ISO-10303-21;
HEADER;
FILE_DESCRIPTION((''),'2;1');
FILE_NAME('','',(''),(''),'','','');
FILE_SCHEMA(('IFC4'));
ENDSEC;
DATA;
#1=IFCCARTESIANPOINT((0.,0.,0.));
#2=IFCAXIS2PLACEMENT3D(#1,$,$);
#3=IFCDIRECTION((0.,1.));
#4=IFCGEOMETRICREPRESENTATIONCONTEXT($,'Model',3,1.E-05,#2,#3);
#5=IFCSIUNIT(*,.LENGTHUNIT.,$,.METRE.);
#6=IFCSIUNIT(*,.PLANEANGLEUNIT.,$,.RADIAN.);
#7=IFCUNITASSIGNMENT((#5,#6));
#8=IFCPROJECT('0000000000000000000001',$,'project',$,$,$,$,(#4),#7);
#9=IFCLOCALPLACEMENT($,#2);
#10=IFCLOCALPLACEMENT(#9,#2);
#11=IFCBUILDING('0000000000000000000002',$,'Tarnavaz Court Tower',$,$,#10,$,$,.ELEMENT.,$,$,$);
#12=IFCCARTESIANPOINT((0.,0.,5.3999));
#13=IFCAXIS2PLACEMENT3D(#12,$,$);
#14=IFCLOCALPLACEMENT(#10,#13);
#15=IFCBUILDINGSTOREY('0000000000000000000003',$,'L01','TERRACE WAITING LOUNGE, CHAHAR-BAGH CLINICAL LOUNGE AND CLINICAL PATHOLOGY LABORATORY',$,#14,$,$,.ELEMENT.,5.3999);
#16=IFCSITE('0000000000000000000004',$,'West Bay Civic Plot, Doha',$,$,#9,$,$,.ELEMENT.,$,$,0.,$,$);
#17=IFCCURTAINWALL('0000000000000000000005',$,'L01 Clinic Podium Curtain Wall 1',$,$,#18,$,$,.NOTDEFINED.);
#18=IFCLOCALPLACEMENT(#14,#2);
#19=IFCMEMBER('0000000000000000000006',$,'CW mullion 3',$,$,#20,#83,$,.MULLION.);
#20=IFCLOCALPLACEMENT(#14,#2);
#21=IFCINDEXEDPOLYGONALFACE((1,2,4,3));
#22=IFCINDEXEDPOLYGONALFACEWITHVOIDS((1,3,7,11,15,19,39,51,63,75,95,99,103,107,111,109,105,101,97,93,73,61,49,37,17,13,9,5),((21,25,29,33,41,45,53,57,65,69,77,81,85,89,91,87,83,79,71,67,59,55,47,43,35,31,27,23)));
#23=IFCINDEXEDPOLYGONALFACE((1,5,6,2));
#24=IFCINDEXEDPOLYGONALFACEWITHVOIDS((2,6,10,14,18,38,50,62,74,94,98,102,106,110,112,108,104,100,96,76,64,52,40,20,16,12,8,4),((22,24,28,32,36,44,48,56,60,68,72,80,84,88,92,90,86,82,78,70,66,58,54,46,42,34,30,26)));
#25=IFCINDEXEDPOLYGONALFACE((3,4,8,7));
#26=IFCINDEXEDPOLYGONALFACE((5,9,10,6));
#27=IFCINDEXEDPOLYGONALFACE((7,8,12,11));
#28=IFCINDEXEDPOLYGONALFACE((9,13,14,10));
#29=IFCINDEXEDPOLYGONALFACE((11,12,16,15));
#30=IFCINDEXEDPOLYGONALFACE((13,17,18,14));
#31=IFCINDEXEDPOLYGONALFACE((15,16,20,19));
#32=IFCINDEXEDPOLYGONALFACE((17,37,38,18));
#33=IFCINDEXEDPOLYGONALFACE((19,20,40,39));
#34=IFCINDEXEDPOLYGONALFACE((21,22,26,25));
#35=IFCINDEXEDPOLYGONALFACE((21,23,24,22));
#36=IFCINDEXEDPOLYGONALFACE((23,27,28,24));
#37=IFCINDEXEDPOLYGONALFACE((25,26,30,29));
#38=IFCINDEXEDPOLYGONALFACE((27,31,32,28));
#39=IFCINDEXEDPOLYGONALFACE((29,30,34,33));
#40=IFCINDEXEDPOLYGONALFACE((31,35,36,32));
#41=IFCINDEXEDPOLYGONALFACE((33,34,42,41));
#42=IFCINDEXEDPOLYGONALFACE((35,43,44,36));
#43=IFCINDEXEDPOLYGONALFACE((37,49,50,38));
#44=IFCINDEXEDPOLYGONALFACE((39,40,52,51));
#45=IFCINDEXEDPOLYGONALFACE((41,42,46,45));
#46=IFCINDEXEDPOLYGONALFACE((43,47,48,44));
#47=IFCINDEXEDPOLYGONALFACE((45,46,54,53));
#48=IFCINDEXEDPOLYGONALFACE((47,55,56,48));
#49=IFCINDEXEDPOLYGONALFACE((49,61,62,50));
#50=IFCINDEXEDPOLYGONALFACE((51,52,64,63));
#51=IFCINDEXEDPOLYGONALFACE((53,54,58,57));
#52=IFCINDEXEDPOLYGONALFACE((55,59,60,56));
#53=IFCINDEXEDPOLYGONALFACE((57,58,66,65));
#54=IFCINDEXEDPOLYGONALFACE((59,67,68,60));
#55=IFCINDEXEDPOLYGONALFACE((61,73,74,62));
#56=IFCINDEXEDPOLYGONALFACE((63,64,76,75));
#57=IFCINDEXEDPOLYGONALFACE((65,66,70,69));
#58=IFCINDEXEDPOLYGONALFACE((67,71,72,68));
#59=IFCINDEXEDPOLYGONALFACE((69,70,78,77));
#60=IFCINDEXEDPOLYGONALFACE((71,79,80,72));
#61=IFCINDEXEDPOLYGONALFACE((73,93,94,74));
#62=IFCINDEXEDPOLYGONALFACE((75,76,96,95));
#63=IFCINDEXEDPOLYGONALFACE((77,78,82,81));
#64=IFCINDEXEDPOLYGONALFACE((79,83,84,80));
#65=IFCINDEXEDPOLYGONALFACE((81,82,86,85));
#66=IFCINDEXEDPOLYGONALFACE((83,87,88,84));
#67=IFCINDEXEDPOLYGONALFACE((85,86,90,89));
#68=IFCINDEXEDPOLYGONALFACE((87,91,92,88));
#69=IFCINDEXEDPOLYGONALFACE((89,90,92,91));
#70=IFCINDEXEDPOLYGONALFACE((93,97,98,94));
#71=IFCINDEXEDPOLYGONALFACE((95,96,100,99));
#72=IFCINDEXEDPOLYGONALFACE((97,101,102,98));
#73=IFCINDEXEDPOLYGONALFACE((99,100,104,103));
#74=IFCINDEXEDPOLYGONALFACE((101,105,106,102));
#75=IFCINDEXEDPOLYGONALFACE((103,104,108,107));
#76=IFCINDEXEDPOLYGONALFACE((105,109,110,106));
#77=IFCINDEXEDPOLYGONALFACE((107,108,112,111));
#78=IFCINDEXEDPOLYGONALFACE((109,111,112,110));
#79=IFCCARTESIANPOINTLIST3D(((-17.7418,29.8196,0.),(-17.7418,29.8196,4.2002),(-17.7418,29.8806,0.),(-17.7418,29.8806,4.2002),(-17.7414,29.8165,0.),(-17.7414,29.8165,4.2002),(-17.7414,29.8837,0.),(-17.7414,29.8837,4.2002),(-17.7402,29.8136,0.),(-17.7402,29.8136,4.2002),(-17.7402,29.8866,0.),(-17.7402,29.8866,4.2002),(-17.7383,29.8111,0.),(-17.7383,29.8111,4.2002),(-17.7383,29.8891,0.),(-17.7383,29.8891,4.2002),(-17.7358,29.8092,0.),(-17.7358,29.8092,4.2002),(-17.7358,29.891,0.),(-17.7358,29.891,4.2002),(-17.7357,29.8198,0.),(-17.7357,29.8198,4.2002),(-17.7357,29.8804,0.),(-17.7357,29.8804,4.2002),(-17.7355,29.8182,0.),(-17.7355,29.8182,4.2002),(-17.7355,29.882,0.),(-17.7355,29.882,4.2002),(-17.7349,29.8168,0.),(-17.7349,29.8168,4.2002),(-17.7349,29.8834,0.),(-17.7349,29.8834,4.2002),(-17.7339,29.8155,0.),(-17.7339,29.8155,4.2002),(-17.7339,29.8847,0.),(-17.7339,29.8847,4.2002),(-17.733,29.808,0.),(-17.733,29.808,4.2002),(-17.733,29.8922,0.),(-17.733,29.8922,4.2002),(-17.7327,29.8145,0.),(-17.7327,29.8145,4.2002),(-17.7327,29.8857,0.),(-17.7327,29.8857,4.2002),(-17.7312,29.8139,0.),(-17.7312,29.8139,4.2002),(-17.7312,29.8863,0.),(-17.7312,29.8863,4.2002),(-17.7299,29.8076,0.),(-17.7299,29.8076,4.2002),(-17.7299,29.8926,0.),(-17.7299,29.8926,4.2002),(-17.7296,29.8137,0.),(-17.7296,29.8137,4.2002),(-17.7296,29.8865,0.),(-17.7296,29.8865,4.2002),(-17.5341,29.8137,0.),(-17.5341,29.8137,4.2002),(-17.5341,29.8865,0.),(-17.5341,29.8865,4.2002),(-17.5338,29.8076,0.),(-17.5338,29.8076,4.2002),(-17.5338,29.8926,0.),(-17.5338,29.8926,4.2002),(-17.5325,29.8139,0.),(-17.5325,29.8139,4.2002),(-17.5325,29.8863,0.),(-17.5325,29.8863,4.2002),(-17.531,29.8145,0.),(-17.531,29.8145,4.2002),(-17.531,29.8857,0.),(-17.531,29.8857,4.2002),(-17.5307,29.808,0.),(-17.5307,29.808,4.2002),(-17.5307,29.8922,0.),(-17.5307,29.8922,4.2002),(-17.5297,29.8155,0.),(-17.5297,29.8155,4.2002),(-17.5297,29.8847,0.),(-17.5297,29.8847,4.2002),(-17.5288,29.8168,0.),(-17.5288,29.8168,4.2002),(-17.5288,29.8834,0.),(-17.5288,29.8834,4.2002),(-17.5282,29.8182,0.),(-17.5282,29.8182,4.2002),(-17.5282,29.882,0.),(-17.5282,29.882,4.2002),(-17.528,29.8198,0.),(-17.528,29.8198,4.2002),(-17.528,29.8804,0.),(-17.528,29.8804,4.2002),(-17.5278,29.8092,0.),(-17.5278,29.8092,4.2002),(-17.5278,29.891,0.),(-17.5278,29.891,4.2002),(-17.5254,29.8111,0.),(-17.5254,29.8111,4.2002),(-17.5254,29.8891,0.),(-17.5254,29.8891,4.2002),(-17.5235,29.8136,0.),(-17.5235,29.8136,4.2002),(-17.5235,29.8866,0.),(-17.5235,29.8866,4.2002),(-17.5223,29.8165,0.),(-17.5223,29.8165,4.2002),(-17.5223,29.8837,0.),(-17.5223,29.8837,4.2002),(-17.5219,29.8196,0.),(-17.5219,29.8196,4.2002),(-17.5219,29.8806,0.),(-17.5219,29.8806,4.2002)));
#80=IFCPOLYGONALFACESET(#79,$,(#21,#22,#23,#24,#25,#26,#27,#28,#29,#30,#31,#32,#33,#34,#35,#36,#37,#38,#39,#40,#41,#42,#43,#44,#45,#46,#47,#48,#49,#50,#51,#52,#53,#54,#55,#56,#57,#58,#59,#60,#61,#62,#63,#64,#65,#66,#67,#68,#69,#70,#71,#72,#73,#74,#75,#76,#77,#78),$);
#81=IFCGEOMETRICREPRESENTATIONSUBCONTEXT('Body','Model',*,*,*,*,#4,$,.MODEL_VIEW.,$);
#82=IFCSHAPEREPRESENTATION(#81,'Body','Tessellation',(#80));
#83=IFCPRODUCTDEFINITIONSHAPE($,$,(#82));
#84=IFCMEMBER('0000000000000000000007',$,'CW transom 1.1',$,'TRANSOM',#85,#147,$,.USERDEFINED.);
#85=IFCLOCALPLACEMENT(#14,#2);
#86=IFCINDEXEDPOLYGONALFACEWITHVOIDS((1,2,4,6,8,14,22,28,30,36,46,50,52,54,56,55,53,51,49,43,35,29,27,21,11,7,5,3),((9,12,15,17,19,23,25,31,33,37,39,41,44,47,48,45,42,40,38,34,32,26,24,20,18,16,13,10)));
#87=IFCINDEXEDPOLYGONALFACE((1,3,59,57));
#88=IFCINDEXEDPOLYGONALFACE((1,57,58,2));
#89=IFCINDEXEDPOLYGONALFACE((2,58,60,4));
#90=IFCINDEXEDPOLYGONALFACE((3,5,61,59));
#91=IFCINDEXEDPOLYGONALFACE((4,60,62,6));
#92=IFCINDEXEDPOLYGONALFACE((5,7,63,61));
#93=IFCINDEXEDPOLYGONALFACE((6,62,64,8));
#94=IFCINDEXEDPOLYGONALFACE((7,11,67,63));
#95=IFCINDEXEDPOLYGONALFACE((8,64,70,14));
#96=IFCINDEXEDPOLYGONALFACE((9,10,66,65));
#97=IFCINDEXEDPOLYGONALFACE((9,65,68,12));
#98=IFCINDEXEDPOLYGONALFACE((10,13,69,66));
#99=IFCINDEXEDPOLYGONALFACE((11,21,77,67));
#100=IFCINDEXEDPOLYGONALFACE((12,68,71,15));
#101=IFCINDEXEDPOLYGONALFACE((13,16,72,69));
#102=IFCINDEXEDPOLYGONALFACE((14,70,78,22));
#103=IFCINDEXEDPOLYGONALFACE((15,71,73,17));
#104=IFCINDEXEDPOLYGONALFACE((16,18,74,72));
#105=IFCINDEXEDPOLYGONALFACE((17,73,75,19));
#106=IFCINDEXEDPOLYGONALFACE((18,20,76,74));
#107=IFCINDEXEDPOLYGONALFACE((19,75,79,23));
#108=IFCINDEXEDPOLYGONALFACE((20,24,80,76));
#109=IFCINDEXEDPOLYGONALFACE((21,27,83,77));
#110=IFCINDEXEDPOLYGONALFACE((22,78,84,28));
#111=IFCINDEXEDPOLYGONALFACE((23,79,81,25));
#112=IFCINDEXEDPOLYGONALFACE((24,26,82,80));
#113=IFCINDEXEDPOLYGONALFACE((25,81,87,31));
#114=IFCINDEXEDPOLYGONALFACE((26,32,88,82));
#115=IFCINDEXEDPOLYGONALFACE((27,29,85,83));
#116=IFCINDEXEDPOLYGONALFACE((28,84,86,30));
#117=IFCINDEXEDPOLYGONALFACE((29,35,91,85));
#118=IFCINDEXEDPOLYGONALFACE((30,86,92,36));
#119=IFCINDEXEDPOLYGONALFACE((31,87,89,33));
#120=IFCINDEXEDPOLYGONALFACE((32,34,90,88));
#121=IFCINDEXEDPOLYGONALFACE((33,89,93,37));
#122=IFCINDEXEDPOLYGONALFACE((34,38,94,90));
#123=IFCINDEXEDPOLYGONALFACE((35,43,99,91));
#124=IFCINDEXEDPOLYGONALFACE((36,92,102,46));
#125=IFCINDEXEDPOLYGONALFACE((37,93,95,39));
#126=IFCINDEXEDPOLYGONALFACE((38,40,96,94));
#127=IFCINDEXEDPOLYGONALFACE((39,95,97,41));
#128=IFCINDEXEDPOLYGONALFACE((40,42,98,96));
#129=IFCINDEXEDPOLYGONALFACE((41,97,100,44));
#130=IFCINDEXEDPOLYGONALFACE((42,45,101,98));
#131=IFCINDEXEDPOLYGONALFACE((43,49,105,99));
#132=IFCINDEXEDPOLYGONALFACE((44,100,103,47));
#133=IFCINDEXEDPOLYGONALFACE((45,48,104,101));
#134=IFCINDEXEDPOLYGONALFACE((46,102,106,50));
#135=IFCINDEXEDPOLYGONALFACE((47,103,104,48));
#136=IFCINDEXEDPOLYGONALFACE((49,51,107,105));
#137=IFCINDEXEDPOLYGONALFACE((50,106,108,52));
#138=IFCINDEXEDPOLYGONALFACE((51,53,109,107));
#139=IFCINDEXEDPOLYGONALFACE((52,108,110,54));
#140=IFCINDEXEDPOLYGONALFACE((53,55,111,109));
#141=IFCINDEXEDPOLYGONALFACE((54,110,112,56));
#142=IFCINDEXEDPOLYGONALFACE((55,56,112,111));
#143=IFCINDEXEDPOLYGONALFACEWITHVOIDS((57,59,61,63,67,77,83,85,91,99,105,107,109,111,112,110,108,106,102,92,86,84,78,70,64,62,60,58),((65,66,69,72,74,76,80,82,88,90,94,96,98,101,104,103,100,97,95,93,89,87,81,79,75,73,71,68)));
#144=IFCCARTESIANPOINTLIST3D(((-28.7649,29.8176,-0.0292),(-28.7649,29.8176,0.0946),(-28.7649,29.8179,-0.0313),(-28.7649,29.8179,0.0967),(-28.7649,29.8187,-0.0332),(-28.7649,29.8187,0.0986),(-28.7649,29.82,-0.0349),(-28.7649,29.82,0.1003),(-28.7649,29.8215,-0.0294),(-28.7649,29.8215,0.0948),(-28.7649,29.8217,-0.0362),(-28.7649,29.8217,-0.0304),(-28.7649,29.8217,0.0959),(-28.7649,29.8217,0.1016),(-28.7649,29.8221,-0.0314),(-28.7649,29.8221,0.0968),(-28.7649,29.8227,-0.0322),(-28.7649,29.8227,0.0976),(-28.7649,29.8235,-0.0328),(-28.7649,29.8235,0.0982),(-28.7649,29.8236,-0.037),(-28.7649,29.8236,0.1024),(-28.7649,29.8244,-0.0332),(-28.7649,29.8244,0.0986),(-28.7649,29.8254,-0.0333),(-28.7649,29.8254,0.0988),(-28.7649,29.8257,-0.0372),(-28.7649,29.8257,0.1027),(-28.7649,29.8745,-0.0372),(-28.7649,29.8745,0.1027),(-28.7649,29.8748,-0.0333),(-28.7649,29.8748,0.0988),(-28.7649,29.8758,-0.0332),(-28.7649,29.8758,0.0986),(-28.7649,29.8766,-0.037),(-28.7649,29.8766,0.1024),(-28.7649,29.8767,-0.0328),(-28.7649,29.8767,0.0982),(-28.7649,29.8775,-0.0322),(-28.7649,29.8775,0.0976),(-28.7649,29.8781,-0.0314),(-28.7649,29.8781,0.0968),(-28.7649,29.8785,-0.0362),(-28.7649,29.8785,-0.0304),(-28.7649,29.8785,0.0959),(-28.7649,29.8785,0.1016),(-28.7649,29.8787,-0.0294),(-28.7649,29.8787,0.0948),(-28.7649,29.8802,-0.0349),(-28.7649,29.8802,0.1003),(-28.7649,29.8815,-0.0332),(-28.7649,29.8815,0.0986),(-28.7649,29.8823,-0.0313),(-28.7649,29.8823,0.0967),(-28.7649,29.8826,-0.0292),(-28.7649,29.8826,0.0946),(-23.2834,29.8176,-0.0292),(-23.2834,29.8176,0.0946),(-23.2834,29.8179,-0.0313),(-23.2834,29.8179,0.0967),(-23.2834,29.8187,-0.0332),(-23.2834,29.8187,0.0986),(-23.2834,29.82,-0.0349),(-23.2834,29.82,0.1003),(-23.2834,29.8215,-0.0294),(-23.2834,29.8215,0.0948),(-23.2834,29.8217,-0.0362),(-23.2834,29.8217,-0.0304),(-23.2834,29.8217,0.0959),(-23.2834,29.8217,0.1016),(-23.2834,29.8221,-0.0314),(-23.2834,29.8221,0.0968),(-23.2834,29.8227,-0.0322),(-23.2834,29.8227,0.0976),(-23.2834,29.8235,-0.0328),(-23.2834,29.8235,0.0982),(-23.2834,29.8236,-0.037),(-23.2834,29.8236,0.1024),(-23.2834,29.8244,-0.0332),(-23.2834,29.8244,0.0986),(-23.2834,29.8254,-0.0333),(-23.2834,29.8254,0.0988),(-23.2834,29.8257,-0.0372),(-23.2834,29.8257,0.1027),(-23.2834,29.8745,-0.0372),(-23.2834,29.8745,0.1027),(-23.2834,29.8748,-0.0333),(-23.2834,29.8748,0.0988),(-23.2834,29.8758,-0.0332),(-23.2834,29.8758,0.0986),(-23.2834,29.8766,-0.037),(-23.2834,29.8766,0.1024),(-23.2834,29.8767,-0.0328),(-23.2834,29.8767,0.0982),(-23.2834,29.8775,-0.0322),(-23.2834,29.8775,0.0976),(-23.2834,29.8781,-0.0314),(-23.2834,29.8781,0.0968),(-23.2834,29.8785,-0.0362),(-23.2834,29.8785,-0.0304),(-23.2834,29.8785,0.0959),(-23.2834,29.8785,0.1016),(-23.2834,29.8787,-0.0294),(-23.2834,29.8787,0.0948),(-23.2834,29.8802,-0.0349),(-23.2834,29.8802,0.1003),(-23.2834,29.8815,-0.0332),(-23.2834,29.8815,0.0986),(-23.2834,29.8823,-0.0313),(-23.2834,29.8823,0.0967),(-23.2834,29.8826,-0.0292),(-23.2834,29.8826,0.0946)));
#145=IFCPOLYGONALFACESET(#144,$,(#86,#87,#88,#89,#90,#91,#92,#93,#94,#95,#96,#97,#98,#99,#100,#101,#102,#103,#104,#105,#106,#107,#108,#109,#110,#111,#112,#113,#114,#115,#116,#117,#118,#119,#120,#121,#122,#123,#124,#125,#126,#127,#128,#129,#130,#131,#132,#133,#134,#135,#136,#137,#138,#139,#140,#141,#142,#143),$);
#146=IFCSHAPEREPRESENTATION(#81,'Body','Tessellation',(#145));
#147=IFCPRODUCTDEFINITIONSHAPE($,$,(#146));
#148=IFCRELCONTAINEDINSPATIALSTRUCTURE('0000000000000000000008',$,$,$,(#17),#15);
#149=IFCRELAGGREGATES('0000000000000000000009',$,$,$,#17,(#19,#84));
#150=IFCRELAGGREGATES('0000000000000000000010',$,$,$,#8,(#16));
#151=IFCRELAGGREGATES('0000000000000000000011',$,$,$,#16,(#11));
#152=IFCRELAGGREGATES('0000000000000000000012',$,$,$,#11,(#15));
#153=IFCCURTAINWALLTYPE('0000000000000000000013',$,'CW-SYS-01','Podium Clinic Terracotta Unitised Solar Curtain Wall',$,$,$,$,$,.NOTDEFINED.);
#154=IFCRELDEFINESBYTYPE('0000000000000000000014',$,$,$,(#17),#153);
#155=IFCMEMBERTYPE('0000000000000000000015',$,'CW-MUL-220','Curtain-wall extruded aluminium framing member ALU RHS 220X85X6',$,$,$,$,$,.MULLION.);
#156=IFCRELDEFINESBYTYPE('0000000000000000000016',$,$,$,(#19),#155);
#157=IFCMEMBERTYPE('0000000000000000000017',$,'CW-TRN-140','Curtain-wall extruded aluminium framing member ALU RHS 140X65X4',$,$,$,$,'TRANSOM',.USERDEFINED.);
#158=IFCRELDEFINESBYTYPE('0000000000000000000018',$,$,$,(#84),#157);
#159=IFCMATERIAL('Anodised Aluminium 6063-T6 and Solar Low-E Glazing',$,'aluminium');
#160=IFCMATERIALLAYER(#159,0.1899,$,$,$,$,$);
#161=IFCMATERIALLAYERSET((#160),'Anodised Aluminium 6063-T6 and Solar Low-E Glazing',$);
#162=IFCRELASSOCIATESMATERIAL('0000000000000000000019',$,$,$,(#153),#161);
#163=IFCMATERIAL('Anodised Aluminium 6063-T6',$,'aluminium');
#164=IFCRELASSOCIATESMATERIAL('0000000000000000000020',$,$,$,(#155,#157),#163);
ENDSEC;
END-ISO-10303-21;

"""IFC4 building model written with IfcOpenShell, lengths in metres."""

from ifc_helpers import new_model, si_unit, direction, frame, origin, origin_2d, place, context, subcontext, project, spatial, hollow_rectangle, extrude, material, layer, layer_set, material_profile, profile_set, type_object, element, aggregate, save


model = new_model("IFC4")

# Units and contexts
model_context = context("Model", 3, precision=1e-05, world=origin(), true_north=direction((0.0, 1.0)))
body_context = subcontext(model_context, "Body", "Model", "MODEL_VIEW")
ifc_project = project(units=[si_unit("LENGTHUNIT", "METRE"), si_unit("PLANEANGLEUNIT", "RADIAN")], contexts=[model_context])

# Site, building, storey
site_placement = place(None, origin())
site = spatial("IfcSite", under=ifc_project, at=site_placement, Name="West Bay Civic Plot, Doha", CompositionType="ELEMENT", RefElevation=0.0)
building_placement = place(site_placement, origin())
building = spatial("IfcBuilding", under=site, at=building_placement, Name="Tarnavaz Court Tower", CompositionType="ELEMENT")
storey_placement = place(building_placement, frame((0.0, 0.0, 5.3999)))
storey = spatial("IfcBuildingStorey", under=building, at=storey_placement, Name="L01", Description="TERRACE WAITING LOUNGE, CHAHAR-BAGH CLINICAL LOUNGE AND CLINICAL PATHOLOGY LABORATORY", CompositionType="ELEMENT", Elevation=5.3999)

# Curtain wall, members
ifc_material_1 = material(Name="Anodised Aluminium 6063-T6 and Solar Low-E Glazing", Category="aluminium")
ifc_layer_1 = layer(ifc_material_1, 0.1899)
ifc_layer_set_1 = layer_set([ifc_layer_1], Name="Anodised Aluminium 6063-T6 and Solar Low-E Glazing")
curtain_wall_type = type_object("IfcCurtainWallType", Name="CW-SYS-01", Description="Podium Clinic Terracotta Unitised Solar Curtain Wall", PredefinedType="NOTDEFINED", material=ifc_layer_set_1)
curtain_wall_placement = place(storey_placement, origin())
curtain_wall = element("IfcCurtainWall", 1, at=curtain_wall_placement, inside=storey, type_object=curtain_wall_type, Name="L01 Clinic Podium Curtain Wall 1", PredefinedType="NOTDEFINED")
ifc_material_2 = material(Name="Anodised Aluminium 6063-T6", Category="aluminium")
ifc_material_profile_1 = material_profile(ifc_material_2, hollow_rectangle(XDim=0.085, YDim=0.22, WallThickness=0.0061, InnerFilletRadius=0.0061, OuterFilletRadius=0.012, at=origin_2d()), Name="ALU RHS 220X85X6")
ifc_profile_set_1 = profile_set([ifc_material_profile_1], Name="Anodised Aluminium 6063-T6")
member_type_1 = type_object("IfcMemberType", Name="CW-MUL-220", Description="Curtain-wall extruded aluminium framing member ALU RHS 220X85X6", PredefinedType="MULLION", material=ifc_profile_set_1)
member_1_placement = place(storey_placement, frame((-17.6318, 29.8501, 0.0), z_axis=(0.0, 0.0, 1.0), x_axis=(0.0, 1.0, 0.0)))
member_1 = element("IfcMember", 2, at=member_1_placement, type_object=member_type_1, Name="CW mullion 3", PredefinedType="MULLION", context=body_context, shape_type="SweptSolid", body=[
    extrude(hollow_rectangle(XDim=0.085, YDim=0.22, WallThickness=0.0061, InnerFilletRadius=0.0061, OuterFilletRadius=0.012, at=origin_2d()), origin(), (0.0, 0.0, 1.0), 4.2002),
])
ifc_material_profile_2 = material_profile(ifc_material_2, hollow_rectangle(XDim=0.0649, YDim=0.1399, WallThickness=0.0039, InnerFilletRadius=0.0039, OuterFilletRadius=0.0081, at=origin_2d()), Name="ALU RHS 140X65X4")
ifc_profile_set_2 = profile_set([ifc_material_profile_2], Name="Anodised Aluminium 6063-T6")
member_type_2 = type_object("IfcMemberType", Name="CW-TRN-140", Description="Curtain-wall extruded aluminium framing member ALU RHS 140X65X4", ElementType="TRANSOM", PredefinedType="USERDEFINED", material=ifc_profile_set_2)
member_2_placement = place(storey_placement, frame((-28.7649, 29.8501, 0.0327), z_axis=(1.0, 0.0, 0.0), x_axis=(0.0, 1.0, 0.0)))
member_2 = element("IfcMember", 3, at=member_2_placement, type_object=member_type_2, Name="CW transom 1.1", ObjectType="TRANSOM", PredefinedType="USERDEFINED", context=body_context, shape_type="SweptSolid", body=[
    extrude(hollow_rectangle(XDim=0.0649, YDim=0.1399, WallThickness=0.0039, InnerFilletRadius=0.0039, OuterFilletRadius=0.0081, at=origin_2d()), origin(), (0.0, 0.0, 1.0), 5.4814),
])
aggregate(curtain_wall, [member_1, member_2])

save(model, "model.ifc")
